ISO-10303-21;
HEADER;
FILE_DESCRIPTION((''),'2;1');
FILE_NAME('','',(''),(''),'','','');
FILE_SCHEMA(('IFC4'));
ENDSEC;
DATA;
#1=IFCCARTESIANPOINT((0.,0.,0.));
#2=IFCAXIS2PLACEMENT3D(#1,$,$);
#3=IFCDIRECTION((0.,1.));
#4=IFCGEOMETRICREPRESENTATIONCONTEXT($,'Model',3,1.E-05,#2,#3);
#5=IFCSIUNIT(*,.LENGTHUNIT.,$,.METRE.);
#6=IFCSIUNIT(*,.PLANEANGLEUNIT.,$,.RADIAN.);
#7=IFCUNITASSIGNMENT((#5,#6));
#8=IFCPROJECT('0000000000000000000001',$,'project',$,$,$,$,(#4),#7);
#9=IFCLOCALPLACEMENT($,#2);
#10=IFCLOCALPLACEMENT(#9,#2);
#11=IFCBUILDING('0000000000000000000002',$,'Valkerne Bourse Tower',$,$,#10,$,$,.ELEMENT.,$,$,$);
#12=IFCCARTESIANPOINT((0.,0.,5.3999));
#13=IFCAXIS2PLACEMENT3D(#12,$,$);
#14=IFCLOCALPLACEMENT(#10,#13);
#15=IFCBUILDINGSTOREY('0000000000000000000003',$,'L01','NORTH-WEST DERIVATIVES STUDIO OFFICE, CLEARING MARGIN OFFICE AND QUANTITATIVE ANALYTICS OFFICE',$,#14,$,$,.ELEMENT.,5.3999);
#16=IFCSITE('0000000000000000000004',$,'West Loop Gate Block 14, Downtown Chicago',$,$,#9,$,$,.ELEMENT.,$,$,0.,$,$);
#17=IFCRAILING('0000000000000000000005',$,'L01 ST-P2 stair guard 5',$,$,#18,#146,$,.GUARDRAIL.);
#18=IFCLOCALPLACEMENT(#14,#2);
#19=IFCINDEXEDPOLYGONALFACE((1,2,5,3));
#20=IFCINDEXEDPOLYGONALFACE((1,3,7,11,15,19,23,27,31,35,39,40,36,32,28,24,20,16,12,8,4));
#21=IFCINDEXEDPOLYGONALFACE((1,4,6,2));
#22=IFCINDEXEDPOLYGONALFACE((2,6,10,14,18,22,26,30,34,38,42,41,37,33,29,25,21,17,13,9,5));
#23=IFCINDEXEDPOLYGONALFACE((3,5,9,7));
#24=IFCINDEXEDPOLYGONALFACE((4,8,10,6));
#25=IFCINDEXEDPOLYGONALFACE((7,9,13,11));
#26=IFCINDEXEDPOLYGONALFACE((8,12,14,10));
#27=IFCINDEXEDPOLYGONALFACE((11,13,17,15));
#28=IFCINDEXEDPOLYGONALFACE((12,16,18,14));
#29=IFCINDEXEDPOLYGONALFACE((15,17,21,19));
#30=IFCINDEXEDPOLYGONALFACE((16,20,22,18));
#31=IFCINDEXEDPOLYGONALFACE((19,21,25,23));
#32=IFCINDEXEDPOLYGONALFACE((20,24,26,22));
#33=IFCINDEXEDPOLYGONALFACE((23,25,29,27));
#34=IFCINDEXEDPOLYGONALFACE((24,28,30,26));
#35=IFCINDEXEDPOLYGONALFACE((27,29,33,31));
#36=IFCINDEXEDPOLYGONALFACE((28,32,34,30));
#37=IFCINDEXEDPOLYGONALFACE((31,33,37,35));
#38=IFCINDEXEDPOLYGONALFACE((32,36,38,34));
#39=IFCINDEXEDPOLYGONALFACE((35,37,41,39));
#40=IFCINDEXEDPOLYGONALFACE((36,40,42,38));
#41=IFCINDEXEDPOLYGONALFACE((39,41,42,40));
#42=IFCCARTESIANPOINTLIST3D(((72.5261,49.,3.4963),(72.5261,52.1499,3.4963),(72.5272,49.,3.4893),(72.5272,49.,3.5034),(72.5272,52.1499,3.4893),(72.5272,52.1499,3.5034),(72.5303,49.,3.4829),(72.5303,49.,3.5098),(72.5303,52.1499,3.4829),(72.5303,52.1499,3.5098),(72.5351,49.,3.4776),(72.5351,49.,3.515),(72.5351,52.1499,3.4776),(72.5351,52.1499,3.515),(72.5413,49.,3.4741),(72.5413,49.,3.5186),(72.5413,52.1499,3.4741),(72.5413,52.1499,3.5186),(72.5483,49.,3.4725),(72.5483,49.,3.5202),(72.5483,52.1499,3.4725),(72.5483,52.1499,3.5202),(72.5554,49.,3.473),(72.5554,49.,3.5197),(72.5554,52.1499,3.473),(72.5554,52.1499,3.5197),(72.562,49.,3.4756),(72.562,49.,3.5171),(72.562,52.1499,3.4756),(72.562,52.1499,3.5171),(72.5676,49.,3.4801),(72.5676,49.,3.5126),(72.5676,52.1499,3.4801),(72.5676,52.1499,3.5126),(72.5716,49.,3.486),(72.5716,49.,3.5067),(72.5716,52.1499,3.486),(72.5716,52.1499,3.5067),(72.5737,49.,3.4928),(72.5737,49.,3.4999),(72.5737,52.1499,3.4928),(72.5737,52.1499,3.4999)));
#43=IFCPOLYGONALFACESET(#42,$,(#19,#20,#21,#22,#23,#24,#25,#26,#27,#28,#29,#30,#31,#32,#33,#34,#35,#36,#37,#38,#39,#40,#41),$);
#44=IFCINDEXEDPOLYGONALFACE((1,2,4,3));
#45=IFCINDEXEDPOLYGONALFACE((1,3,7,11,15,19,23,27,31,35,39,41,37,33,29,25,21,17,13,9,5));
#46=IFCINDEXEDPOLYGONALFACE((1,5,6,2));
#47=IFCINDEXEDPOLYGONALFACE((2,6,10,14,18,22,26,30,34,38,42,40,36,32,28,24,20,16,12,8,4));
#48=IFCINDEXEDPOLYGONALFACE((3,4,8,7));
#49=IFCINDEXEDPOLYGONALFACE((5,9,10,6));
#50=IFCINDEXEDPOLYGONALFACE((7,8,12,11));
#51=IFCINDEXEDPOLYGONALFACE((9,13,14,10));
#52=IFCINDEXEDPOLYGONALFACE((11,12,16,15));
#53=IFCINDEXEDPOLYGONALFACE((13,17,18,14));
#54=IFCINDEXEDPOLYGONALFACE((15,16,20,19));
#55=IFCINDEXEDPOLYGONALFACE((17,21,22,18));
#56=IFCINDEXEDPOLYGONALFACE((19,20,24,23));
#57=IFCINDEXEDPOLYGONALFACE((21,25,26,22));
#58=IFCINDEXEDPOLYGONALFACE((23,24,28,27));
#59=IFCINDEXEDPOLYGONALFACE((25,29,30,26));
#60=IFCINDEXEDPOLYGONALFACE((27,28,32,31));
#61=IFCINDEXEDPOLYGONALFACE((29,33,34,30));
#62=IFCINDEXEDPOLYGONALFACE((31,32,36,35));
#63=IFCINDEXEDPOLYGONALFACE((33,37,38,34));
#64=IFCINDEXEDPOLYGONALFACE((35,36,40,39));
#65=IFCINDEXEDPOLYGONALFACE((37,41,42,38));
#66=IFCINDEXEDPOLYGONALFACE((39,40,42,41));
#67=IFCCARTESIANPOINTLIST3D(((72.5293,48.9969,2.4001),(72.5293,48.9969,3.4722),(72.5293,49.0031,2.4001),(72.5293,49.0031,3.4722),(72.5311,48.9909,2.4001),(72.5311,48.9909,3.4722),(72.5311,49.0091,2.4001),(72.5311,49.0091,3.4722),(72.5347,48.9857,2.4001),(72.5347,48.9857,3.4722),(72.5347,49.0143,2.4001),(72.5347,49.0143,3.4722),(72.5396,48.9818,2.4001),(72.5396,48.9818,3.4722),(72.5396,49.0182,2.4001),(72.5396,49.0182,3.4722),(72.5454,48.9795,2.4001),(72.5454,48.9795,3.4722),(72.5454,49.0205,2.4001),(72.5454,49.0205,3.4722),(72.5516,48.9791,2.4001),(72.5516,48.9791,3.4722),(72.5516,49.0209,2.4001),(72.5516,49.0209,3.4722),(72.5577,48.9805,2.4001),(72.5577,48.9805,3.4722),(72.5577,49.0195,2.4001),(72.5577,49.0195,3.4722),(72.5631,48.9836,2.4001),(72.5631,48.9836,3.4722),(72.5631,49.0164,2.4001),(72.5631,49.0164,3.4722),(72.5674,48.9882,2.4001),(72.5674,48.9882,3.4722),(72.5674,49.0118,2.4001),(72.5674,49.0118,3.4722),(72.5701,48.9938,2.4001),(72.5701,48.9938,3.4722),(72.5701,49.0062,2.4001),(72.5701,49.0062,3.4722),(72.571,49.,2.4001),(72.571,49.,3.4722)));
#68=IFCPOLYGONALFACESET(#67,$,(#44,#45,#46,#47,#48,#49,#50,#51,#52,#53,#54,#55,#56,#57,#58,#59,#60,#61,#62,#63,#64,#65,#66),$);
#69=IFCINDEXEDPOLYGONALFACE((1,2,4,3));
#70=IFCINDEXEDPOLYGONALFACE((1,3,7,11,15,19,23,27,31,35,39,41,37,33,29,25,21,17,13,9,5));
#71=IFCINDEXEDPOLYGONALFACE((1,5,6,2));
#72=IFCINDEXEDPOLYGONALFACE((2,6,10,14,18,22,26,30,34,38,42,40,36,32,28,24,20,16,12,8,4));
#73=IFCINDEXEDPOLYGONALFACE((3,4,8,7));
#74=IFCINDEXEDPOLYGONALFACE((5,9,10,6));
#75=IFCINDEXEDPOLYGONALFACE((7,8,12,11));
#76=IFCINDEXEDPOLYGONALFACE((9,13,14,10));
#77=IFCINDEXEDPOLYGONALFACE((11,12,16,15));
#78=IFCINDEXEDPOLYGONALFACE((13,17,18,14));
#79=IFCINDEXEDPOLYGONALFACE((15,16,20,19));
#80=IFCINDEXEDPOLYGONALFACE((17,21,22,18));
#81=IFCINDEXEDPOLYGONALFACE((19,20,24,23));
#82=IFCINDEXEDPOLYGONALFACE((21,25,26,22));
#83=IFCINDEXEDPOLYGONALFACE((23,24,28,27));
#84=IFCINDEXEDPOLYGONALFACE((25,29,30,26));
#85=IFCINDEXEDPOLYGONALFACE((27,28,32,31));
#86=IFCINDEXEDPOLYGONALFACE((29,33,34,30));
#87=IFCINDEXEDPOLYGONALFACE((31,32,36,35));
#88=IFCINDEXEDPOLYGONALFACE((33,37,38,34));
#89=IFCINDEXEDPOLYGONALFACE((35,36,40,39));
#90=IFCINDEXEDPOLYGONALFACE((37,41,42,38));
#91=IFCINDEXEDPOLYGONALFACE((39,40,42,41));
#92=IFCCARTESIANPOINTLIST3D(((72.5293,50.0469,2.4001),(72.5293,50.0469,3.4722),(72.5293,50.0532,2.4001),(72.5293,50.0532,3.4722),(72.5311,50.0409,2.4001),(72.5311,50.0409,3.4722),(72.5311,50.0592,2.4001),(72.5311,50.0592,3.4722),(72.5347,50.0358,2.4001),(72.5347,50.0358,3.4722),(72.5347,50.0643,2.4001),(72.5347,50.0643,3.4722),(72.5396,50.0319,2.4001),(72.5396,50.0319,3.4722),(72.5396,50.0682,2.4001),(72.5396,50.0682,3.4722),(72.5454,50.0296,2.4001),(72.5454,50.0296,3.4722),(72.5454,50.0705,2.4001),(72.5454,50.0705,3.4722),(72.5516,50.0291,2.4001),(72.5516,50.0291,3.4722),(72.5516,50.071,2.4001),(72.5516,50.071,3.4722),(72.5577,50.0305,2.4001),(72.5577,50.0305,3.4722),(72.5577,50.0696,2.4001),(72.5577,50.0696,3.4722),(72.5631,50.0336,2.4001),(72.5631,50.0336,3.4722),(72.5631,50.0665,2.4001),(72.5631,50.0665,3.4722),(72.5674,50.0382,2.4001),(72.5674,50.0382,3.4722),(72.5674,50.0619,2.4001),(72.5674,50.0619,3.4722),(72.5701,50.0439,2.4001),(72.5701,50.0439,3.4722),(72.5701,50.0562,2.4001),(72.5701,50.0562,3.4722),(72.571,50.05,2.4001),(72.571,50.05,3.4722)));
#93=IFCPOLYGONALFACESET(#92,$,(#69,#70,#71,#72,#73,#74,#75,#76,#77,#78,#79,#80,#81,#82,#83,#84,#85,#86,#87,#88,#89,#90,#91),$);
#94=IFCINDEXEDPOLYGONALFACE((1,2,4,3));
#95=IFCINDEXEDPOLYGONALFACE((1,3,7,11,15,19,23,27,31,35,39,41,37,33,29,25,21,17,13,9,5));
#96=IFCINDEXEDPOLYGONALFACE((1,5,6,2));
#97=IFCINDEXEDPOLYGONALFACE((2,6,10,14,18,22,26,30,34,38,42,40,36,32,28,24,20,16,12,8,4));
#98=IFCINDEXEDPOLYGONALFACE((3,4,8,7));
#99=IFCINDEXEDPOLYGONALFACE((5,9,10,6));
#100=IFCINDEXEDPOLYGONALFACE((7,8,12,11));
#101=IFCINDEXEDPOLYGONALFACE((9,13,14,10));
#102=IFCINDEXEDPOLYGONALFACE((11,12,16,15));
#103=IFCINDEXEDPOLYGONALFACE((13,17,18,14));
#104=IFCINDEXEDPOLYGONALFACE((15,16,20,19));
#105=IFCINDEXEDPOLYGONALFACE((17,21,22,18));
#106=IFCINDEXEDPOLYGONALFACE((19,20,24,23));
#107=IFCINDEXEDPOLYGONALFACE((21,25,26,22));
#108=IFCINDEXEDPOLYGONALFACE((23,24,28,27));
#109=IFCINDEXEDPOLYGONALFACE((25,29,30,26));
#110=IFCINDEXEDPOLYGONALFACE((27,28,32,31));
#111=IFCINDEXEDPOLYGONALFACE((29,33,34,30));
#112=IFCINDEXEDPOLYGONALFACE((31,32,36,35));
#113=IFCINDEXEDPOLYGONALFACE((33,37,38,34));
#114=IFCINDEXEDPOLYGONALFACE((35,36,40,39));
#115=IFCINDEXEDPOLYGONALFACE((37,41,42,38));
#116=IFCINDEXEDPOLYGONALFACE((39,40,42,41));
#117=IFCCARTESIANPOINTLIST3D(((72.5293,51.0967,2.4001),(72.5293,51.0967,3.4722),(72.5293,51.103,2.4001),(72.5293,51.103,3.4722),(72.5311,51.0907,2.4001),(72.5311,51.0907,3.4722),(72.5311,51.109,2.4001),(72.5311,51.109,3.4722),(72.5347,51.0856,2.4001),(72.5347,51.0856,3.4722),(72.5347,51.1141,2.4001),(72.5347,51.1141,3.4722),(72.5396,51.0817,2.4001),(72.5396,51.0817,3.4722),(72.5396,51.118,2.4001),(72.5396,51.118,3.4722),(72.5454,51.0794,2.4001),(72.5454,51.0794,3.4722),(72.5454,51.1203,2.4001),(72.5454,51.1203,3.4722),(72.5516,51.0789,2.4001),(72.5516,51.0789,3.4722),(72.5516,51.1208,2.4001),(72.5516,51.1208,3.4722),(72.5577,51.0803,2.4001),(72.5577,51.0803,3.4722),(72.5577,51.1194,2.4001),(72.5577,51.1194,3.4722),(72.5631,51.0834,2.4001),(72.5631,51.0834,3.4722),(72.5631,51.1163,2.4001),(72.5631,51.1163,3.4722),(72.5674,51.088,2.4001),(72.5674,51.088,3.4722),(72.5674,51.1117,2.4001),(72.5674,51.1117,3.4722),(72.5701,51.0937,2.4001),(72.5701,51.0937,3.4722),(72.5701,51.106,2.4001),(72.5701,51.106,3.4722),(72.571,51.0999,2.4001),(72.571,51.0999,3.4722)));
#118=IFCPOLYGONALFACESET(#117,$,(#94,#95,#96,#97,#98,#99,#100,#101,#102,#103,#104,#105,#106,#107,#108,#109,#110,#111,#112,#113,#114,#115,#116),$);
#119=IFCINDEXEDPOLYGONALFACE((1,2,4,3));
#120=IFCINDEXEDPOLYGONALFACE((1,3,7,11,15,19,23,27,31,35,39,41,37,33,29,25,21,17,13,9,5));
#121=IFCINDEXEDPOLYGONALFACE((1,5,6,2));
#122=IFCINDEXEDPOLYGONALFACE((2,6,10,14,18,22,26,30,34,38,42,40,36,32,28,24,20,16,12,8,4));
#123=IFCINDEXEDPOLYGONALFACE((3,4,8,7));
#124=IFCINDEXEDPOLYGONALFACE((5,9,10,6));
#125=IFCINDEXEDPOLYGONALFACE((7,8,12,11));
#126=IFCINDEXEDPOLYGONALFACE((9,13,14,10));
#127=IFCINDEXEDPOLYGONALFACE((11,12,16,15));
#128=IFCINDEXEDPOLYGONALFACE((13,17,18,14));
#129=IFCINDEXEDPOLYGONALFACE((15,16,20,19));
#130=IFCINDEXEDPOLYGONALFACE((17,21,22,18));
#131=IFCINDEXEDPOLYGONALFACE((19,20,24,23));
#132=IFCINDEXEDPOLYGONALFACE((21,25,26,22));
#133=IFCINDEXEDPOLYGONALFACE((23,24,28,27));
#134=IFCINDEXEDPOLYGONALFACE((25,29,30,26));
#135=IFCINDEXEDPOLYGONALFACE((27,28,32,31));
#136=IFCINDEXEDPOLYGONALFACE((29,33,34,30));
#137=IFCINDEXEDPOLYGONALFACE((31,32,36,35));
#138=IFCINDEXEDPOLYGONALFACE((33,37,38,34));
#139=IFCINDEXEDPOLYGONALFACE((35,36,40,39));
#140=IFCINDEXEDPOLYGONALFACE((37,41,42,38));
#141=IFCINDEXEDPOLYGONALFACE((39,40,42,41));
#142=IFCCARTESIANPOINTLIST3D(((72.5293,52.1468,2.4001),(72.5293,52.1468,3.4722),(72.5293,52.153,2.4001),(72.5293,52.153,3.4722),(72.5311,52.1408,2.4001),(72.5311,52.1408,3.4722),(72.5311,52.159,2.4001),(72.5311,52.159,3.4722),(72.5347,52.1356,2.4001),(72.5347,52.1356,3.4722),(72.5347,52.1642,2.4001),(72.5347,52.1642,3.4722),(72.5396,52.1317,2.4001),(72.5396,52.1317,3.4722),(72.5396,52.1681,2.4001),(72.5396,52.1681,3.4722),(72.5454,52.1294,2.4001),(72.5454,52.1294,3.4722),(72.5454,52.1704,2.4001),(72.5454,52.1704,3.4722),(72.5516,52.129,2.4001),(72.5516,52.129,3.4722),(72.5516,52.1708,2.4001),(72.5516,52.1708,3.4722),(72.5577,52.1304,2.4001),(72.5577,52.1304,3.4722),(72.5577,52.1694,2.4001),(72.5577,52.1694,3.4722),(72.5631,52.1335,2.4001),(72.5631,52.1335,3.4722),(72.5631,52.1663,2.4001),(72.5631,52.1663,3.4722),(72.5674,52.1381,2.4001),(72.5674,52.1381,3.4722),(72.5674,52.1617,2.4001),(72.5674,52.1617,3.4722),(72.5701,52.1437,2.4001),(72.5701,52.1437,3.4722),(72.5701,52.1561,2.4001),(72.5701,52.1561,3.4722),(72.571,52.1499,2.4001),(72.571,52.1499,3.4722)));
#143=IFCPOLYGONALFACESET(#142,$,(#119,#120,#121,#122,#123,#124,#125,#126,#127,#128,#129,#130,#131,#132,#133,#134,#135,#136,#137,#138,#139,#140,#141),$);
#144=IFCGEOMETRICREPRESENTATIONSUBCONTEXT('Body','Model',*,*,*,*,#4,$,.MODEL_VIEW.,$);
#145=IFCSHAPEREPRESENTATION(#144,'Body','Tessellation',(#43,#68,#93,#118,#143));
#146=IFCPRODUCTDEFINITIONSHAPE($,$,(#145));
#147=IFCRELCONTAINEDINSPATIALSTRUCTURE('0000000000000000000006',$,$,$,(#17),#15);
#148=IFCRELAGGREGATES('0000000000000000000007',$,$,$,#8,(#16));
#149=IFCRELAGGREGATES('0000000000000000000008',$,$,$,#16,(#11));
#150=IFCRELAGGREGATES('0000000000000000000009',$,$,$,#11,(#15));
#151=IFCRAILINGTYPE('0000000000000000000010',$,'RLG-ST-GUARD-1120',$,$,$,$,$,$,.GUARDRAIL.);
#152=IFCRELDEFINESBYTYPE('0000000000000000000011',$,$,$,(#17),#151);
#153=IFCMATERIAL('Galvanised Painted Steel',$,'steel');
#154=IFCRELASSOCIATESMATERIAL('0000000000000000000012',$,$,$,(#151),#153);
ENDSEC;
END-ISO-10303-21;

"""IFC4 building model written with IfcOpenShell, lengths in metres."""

from ifc_helpers import new_model, si_unit, direction, frame, origin, origin_2d, place, context, subcontext, project, spatial, circle, extrude, material, type_object, element, save


model = new_model("IFC4")

# Units and contexts
model_context = context("Model", 3, precision=1e-05, world=origin(), true_north=direction((0.0, 1.0)))
body_context = subcontext(model_context, "Body", "Model", "MODEL_VIEW")
ifc_project = project(units=[si_unit("LENGTHUNIT", "METRE"), si_unit("PLANEANGLEUNIT", "RADIAN")], contexts=[model_context])

# Site, building, storey
site_placement = place(None, origin())
site = spatial("IfcSite", under=ifc_project, at=site_placement, Name="West Loop Gate Block 14, Downtown Chicago", CompositionType="ELEMENT", RefElevation=0.0)
building_placement = place(site_placement, origin())
building = spatial("IfcBuilding", under=site, at=building_placement, Name="Valkerne Bourse Tower", CompositionType="ELEMENT")
storey_placement = place(building_placement, frame((0.0, 0.0, 5.3999)))
storey = spatial("IfcBuildingStorey", under=building, at=storey_placement, Name="L01", Description="NORTH-WEST DERIVATIVES STUDIO OFFICE, CLEARING MARGIN OFFICE AND QUANTITATIVE ANALYTICS OFFICE", CompositionType="ELEMENT", Elevation=5.3999)

# Railing
ifc_material_1 = material(Name="Galvanised Painted Steel", Category="steel")
railing_type_1 = type_object("IfcRailingType", Name="RLG-ST-GUARD-1120", PredefinedType="GUARDRAIL", material=ifc_material_1)
railing_1_placement = place(storey_placement, frame((72.55, 49.0, 2.4001)))
element("IfcRailing", 1, at=railing_1_placement, inside=storey, type_object=railing_type_1, Name="L01 ST-P2 stair guard 5", PredefinedType="GUARDRAIL", context=body_context, shape_type="SweptSolid", body=[
    extrude(circle(Radius=0.0239, at=origin_2d()), frame((0.0, 0.0, 1.0962), z_axis=(0.0, 1.0, 0.0), x_axis=(-1.0, 0.0, 0.0)), (0.0, 0.0, 1.0), 3.1499),
    extrude(circle(Radius=0.021, at=origin_2d()), origin(), (0.0, 0.0, 1.0), 1.072),
    extrude(circle(Radius=0.021, at=origin_2d()), frame((0.0, 1.05, 0.0)), (0.0, 0.0, 1.0), 1.072),
    extrude(circle(Radius=0.021, at=origin_2d()), frame((0.0, 2.0999, 0.0)), (0.0, 0.0, 1.0), 1.072),
    extrude(circle(Radius=0.021, at=origin_2d()), frame((0.0, 3.1499, 0.0)), (0.0, 0.0, 1.0), 1.072),
])

save(model, "model.ifc")
